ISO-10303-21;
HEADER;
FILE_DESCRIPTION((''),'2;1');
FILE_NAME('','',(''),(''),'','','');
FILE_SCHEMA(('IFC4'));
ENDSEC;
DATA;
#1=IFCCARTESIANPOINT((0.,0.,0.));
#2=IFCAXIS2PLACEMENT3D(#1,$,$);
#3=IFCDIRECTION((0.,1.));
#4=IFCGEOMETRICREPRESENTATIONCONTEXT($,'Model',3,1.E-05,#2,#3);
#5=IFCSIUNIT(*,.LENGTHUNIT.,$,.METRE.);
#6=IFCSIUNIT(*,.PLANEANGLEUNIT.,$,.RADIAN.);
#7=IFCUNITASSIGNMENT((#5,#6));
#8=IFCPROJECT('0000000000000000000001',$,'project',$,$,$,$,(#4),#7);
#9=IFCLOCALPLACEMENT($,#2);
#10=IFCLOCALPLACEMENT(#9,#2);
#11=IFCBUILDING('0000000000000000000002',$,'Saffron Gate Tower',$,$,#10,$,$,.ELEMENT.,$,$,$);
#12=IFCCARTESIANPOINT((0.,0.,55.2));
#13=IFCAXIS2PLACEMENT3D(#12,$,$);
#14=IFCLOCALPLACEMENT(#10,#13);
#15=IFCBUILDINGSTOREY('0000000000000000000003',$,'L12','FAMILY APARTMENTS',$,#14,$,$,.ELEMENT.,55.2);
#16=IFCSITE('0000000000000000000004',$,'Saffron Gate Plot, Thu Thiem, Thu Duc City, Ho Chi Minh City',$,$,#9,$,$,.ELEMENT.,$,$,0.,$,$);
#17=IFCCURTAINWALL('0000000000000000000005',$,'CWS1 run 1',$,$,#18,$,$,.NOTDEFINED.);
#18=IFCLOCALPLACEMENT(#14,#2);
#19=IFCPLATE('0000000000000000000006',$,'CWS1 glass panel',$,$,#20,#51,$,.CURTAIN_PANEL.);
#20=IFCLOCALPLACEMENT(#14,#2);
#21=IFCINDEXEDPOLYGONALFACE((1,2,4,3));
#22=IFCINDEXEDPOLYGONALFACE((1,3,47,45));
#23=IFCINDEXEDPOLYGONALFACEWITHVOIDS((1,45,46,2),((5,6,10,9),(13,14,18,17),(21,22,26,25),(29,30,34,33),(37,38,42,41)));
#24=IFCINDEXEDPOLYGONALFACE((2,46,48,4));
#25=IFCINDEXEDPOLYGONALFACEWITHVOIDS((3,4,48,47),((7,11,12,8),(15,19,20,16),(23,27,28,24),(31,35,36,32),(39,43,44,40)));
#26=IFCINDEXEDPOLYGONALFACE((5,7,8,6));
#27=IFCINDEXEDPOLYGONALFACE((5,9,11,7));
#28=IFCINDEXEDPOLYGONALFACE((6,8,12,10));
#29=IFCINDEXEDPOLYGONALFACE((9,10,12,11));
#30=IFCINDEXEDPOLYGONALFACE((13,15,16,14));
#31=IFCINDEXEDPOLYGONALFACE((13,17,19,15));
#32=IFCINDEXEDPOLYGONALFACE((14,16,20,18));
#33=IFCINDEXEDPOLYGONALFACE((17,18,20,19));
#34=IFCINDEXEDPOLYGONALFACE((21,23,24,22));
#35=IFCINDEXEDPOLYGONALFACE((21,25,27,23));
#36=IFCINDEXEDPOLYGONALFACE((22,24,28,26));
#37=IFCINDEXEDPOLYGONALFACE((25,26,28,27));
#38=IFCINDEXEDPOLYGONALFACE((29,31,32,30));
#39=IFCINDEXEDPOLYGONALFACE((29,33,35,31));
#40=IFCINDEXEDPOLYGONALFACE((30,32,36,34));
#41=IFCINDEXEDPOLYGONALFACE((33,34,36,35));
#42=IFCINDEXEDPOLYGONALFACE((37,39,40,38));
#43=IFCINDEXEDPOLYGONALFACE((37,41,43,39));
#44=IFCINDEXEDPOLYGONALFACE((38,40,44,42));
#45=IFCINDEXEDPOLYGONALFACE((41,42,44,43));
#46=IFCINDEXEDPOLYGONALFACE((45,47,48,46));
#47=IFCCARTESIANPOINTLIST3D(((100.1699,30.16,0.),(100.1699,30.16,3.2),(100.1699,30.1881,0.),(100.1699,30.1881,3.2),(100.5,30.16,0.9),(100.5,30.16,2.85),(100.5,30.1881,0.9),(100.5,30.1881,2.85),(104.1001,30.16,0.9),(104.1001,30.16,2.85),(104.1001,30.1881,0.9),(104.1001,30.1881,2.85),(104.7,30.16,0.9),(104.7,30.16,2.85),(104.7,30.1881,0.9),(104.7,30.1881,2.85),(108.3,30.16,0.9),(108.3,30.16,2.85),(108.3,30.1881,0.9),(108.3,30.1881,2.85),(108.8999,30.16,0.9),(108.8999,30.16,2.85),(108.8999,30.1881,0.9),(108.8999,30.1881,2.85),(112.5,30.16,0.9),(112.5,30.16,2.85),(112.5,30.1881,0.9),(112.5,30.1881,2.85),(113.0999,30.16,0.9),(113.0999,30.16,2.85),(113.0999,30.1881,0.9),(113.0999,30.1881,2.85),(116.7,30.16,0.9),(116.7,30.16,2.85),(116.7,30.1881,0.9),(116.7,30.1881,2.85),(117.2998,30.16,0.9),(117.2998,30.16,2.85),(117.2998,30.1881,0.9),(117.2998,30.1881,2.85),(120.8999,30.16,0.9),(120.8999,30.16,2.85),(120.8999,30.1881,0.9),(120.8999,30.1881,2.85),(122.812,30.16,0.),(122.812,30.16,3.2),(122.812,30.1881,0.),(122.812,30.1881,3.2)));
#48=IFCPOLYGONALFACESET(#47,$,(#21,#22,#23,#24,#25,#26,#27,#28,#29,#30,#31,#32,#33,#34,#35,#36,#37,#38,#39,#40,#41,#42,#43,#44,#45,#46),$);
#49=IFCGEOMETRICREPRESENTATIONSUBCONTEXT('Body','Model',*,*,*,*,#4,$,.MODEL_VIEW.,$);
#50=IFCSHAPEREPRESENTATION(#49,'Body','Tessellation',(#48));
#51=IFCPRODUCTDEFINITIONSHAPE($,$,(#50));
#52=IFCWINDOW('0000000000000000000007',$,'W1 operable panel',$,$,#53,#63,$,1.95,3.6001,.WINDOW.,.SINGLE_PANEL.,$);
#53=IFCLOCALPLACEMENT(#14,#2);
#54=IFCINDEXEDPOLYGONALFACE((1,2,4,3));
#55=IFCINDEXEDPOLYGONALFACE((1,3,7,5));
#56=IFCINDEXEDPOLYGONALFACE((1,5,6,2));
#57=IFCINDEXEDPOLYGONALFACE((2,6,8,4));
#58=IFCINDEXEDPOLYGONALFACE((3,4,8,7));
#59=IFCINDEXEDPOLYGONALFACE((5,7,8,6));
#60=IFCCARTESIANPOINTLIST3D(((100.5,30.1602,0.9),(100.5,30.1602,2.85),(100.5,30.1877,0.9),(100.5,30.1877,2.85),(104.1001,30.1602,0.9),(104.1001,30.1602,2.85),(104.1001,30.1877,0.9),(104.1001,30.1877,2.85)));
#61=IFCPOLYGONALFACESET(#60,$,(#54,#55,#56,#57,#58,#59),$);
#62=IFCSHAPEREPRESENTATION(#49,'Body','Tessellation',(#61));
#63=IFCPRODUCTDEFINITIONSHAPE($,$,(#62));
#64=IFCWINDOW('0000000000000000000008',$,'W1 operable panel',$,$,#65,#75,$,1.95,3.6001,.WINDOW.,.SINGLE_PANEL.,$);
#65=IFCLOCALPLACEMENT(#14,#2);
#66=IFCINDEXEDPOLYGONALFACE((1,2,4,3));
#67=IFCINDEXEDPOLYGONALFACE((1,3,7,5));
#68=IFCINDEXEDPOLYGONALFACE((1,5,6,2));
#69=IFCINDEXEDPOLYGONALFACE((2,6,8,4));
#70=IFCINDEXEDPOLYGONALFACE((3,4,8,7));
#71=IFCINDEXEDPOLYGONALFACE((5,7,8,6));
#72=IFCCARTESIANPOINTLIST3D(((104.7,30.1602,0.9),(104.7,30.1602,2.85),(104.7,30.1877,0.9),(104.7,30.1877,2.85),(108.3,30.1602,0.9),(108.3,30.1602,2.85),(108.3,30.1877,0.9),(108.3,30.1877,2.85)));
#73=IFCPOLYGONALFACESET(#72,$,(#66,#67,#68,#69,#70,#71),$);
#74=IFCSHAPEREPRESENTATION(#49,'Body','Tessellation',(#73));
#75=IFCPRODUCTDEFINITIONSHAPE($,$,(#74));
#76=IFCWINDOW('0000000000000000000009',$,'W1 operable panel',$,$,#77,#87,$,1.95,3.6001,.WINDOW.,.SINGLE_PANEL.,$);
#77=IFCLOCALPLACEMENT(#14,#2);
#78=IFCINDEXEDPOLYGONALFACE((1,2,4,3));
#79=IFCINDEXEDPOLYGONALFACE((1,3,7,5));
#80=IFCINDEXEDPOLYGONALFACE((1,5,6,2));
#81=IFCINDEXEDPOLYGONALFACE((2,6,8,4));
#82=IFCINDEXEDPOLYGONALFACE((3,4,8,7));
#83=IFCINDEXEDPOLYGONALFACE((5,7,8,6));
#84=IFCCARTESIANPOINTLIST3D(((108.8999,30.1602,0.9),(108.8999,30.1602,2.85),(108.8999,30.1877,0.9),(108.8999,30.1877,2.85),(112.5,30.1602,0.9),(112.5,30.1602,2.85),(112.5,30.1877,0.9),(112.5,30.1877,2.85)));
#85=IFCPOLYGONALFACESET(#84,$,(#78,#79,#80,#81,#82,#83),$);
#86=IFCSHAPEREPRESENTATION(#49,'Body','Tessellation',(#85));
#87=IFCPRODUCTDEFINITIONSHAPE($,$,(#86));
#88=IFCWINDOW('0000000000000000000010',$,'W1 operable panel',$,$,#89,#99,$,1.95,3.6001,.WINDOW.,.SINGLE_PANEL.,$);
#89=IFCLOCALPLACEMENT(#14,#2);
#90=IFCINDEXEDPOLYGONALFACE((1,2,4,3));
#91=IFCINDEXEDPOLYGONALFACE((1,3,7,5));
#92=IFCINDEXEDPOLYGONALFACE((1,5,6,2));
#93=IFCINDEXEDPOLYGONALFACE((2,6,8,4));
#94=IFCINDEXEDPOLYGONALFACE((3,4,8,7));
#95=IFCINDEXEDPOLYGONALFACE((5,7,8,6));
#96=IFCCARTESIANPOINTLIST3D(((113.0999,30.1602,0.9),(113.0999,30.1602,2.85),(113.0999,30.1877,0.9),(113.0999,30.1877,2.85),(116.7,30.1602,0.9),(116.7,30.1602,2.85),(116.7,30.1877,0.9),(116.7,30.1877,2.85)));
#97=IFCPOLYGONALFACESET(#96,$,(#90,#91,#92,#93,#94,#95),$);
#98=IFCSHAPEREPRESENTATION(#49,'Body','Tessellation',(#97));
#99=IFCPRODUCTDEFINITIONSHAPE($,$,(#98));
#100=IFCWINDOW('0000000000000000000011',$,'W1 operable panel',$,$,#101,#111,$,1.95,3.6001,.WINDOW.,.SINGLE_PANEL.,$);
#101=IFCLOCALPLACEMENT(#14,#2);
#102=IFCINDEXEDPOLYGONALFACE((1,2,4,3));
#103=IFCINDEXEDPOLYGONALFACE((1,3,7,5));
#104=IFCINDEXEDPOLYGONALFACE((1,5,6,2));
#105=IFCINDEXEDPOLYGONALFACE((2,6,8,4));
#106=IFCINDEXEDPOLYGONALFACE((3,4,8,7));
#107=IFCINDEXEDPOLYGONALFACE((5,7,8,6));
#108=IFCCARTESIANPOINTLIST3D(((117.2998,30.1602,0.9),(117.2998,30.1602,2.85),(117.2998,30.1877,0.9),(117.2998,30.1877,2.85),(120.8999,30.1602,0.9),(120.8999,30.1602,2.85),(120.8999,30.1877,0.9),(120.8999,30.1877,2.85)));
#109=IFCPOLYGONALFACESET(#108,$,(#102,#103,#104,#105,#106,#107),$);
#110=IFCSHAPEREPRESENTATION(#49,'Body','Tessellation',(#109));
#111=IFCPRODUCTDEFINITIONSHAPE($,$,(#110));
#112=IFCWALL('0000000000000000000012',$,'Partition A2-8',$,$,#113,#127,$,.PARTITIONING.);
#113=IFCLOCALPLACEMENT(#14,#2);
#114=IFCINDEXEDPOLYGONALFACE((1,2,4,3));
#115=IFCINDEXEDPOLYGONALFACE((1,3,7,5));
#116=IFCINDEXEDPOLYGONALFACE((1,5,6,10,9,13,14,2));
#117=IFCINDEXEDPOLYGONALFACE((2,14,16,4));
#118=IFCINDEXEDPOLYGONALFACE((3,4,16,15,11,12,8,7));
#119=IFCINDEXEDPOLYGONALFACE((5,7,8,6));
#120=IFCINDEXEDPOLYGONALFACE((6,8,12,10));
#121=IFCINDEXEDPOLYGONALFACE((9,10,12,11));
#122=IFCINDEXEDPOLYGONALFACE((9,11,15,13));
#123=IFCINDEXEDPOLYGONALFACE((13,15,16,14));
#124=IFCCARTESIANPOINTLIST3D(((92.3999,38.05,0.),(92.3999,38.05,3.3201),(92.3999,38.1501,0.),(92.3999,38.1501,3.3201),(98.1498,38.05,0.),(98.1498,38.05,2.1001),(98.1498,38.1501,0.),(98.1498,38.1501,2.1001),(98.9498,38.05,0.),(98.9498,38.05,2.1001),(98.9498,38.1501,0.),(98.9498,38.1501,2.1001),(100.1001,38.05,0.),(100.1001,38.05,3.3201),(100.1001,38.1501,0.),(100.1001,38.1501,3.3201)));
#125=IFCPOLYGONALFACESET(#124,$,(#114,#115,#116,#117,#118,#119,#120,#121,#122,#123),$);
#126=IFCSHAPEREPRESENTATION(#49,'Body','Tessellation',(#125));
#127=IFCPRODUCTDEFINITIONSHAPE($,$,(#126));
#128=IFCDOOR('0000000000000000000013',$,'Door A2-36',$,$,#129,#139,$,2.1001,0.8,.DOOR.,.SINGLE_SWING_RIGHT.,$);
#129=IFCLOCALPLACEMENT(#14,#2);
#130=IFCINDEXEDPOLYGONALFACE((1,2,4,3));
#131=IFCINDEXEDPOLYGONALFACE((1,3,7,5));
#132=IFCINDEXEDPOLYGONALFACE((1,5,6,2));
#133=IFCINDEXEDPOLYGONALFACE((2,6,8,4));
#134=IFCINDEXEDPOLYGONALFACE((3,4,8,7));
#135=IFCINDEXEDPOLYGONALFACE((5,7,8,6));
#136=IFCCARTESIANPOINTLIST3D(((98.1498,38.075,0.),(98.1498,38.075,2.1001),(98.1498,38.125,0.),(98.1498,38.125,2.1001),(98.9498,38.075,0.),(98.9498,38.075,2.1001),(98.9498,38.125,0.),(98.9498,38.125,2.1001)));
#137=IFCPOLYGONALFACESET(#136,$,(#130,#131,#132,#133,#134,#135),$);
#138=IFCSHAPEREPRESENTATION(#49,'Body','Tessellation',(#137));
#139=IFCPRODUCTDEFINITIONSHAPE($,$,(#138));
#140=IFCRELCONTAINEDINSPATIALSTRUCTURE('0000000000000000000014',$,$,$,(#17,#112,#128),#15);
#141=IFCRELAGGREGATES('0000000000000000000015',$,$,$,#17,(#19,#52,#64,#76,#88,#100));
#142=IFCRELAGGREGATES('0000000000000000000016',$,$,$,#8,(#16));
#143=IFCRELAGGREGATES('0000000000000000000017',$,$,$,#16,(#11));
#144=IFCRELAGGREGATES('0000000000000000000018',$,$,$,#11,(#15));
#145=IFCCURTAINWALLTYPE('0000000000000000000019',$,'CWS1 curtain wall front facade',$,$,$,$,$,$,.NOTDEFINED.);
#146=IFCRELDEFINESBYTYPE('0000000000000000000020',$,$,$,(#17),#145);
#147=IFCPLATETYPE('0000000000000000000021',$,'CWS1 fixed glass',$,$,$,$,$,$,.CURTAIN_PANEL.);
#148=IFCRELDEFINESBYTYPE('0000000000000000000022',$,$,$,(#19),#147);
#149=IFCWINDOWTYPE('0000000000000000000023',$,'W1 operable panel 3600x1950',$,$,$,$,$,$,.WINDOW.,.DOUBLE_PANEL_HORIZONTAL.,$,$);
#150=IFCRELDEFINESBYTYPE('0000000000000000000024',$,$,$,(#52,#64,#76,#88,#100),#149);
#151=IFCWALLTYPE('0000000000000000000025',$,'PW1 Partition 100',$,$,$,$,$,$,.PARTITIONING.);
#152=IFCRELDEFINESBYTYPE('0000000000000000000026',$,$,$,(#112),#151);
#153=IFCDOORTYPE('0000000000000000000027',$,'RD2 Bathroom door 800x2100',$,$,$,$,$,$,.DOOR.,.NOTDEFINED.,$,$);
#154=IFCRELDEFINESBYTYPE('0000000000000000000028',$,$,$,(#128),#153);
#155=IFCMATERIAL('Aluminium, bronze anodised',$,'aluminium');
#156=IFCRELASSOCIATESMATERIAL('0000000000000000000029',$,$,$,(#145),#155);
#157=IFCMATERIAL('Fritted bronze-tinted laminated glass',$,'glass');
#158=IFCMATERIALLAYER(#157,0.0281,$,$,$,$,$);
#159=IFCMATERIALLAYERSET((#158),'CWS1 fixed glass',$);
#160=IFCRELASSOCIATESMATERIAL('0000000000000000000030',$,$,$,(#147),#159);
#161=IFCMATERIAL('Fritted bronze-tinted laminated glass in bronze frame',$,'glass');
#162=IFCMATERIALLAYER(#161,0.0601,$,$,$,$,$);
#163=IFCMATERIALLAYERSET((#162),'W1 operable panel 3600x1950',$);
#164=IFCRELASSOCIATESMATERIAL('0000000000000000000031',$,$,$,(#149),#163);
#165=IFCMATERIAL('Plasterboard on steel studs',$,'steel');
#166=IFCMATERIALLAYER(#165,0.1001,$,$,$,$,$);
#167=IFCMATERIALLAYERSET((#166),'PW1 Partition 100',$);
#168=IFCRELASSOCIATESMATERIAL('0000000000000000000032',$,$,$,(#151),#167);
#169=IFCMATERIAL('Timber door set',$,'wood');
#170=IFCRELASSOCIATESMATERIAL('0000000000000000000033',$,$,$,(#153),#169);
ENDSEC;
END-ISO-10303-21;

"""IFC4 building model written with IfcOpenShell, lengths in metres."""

from ifc_helpers import new_model, si_unit, direction, frame, frame_2d, origin, place, context, subcontext, project, spatial, rectangle, extrude, material, layer, layer_set, type_object, element, fill, aggregate, save


model = new_model("IFC4")

# Units and contexts
model_context = context("Model", 3, precision=1e-05, world=origin(), true_north=direction((0.0, 1.0)))
body_context = subcontext(model_context, "Body", "Model", "MODEL_VIEW")
ifc_project = project(units=[si_unit("LENGTHUNIT", "METRE"), si_unit("PLANEANGLEUNIT", "RADIAN")], contexts=[model_context])

# Site, building, storey
site_placement = place(None, origin())
site = spatial("IfcSite", under=ifc_project, at=site_placement, Name="Saffron Gate Plot, Thu Thiem, Thu Duc City, Ho Chi Minh City", CompositionType="ELEMENT", RefElevation=0.0)
building_placement = place(site_placement, origin())
building = spatial("IfcBuilding", under=site, at=building_placement, Name="Saffron Gate Tower", CompositionType="ELEMENT")
storey_placement = place(building_placement, frame((0.0, 0.0, 55.2)))
storey = spatial("IfcBuildingStorey", under=building, at=storey_placement, Name="L12", Description="FAMILY APARTMENTS", CompositionType="ELEMENT", Elevation=55.2)

# Curtain wall, plate, openings, windows
ifc_material_1 = material(Name="Aluminium, bronze anodised", Category="aluminium")
curtain_wall_type = type_object("IfcCurtainWallType", Name="CWS1 curtain wall front facade", PredefinedType="NOTDEFINED", material=ifc_material_1)
curtain_wall_placement = place(storey_placement, origin())
curtain_wall = element("IfcCurtainWall", 1, at=curtain_wall_placement, inside=storey, type_object=curtain_wall_type, Name="CWS1 run 1", PredefinedType="NOTDEFINED")
ifc_material_2 = material(Name="Fritted bronze-tinted laminated glass", Category="glass")
ifc_layer_1 = layer(ifc_material_2, 0.0281)
ifc_layer_set_1 = layer_set([ifc_layer_1], Name="CWS1 fixed glass")
plate_type = type_object("IfcPlateType", Name="CWS1 fixed glass", PredefinedType="CURTAIN_PANEL", material=ifc_layer_set_1)
plate_placement = place(storey_placement, frame((100.1699, 30.1741, 0.0), z_axis=(0.0, 0.0, 1.0), x_axis=(1.0, 0.0, 0.0)))
plate = element("IfcPlate", 2, at=plate_placement, type_object=plate_type, Name="CWS1 glass panel", PredefinedType="CURTAIN_PANEL", context=body_context, shape_type="SweptSolid", body=[
    extrude(rectangle(XDim=22.6421, YDim=0.0281, at=frame_2d((11.321, 0.0))), origin(), (0.0, 0.0, 1.0), 3.2),
])
opening_1_placement = place(plate_placement, frame((0.3301, 0.0, 0.8999)))
opening_1 = element("IfcOpeningElement", 3, at=opening_1_placement, cuts=plate, PredefinedType="OPENING", context=body_context, shape_type="SweptSolid", body=[
    extrude(rectangle(XDim=3.6001, YDim=1.95, at=frame_2d((1.8, 0.9751))), frame((0.0, 0.0239, 0.0), z_axis=(0.0, -1.0, 0.0), x_axis=(1.0, 0.0, 0.0)), (0.0, 0.0, 1.0), 0.0481),
])
opening_2_placement = place(plate_placement, frame((4.53, 0.0, 0.8999)))
opening_2 = element("IfcOpeningElement", 4, at=opening_2_placement, cuts=plate, PredefinedType="OPENING", context=body_context, shape_type="SweptSolid", body=[
    extrude(rectangle(XDim=3.6001, YDim=1.95, at=frame_2d((1.8, 0.9751))), frame((0.0, 0.0239, 0.0), z_axis=(0.0, -1.0, 0.0), x_axis=(1.0, 0.0, 0.0)), (0.0, 0.0, 1.0), 0.0481),
])
opening_3_placement = place(plate_placement, frame((8.73, 0.0, 0.8999)))
opening_3 = element("IfcOpeningElement", 5, at=opening_3_placement, cuts=plate, PredefinedType="OPENING", context=body_context, shape_type="SweptSolid", body=[
    extrude(rectangle(XDim=3.6001, YDim=1.95, at=frame_2d((1.8, 0.9751))), frame((0.0, 0.0239, 0.0), z_axis=(0.0, -1.0, 0.0), x_axis=(1.0, 0.0, 0.0)), (0.0, 0.0, 1.0), 0.0481),
])
opening_4_placement = place(plate_placement, frame((12.9299, 0.0, 0.8999)))
opening_4 = element("IfcOpeningElement", 6, at=opening_4_placement, cuts=plate, PredefinedType="OPENING", context=body_context, shape_type="SweptSolid", body=[
    extrude(rectangle(XDim=3.6001, YDim=1.95, at=frame_2d((1.8, 0.9751))), frame((0.0, 0.0239, 0.0), z_axis=(0.0, -1.0, 0.0), x_axis=(1.0, 0.0, 0.0)), (0.0, 0.0, 1.0), 0.0481),
])
opening_5_placement = place(plate_placement, frame((17.1299, 0.0, 0.8999)))
opening_5 = element("IfcOpeningElement", 7, at=opening_5_placement, cuts=plate, PredefinedType="OPENING", context=body_context, shape_type="SweptSolid", body=[
    extrude(rectangle(XDim=3.6001, YDim=1.95, at=frame_2d((1.8, 0.9751))), frame((0.0, 0.0239, 0.0), z_axis=(0.0, -1.0, 0.0), x_axis=(1.0, 0.0, 0.0)), (0.0, 0.0, 1.0), 0.0481),
])
ifc_material_3 = material(Name="Fritted bronze-tinted laminated glass in bronze frame", Category="glass")
ifc_layer_2 = layer(ifc_material_3, 0.0601)
ifc_layer_set_2 = layer_set([ifc_layer_2], Name="W1 operable panel 3600x1950")
window_type = type_object("IfcWindowType", Name="W1 operable panel 3600x1950", PartitioningType="DOUBLE_PANEL_HORIZONTAL", PredefinedType="WINDOW", material=ifc_layer_set_2)
window_1_placement = place(opening_1_placement, origin())
window_1 = element("IfcWindow", 8, at=window_1_placement, type_object=window_type, Name="W1 operable panel", OverallHeight=1.95, OverallWidth=3.6001, PartitioningType="SINGLE_PANEL", PredefinedType="WINDOW", context=body_context, shape_type="SweptSolid", body=[
    extrude(rectangle(XDim=3.6001, YDim=1.95, at=frame_2d((1.8, 0.9751))), frame((0.0, 0.0137, 0.0), z_axis=(0.0, -1.0, 0.0), x_axis=(1.0, 0.0, 0.0)), (0.0, 0.0, 1.0), 0.0276),
])
fill(opening_1, window_1)
window_2_placement = place(opening_2_placement, origin())
window_2 = element("IfcWindow", 9, at=window_2_placement, type_object=window_type, Name="W1 operable panel", OverallHeight=1.95, OverallWidth=3.6001, PartitioningType="SINGLE_PANEL", PredefinedType="WINDOW", context=body_context, shape_type="SweptSolid", body=[
    extrude(rectangle(XDim=3.6001, YDim=1.95, at=frame_2d((1.8, 0.9751))), frame((0.0, 0.0137, 0.0), z_axis=(0.0, -1.0, 0.0), x_axis=(1.0, 0.0, 0.0)), (0.0, 0.0, 1.0), 0.0276),
])
fill(opening_2, window_2)
window_3_placement = place(opening_3_placement, origin())
window_3 = element("IfcWindow", 10, at=window_3_placement, type_object=window_type, Name="W1 operable panel", OverallHeight=1.95, OverallWidth=3.6001, PartitioningType="SINGLE_PANEL", PredefinedType="WINDOW", context=body_context, shape_type="SweptSolid", body=[
    extrude(rectangle(XDim=3.6001, YDim=1.95, at=frame_2d((1.8, 0.9751))), frame((0.0, 0.0137, 0.0), z_axis=(0.0, -1.0, 0.0), x_axis=(1.0, 0.0, 0.0)), (0.0, 0.0, 1.0), 0.0276),
])
fill(opening_3, window_3)
window_4_placement = place(opening_4_placement, origin())
window_4 = element("IfcWindow", 11, at=window_4_placement, type_object=window_type, Name="W1 operable panel", OverallHeight=1.95, OverallWidth=3.6001, PartitioningType="SINGLE_PANEL", PredefinedType="WINDOW", context=body_context, shape_type="SweptSolid", body=[
    extrude(rectangle(XDim=3.6001, YDim=1.95, at=frame_2d((1.8, 0.9751))), frame((0.0, 0.0137, 0.0), z_axis=(0.0, -1.0, 0.0), x_axis=(1.0, 0.0, 0.0)), (0.0, 0.0, 1.0), 0.0276),
])
fill(opening_4, window_4)
window_5_placement = place(opening_5_placement, origin())
window_5 = element("IfcWindow", 12, at=window_5_placement, type_object=window_type, Name="W1 operable panel", OverallHeight=1.95, OverallWidth=3.6001, PartitioningType="SINGLE_PANEL", PredefinedType="WINDOW", context=body_context, shape_type="SweptSolid", body=[
    extrude(rectangle(XDim=3.6001, YDim=1.95, at=frame_2d((1.8, 0.9751))), frame((0.0, 0.0137, 0.0), z_axis=(0.0, -1.0, 0.0), x_axis=(1.0, 0.0, 0.0)), (0.0, 0.0, 1.0), 0.0276),
])
fill(opening_5, window_5)
aggregate(curtain_wall, [plate, window_1, window_2, window_3, window_4, window_5])

# Wall, opening, door
ifc_material_4 = material(Name="Plasterboard on steel studs", Category="steel")
ifc_layer_3 = layer(ifc_material_4, 0.1001)
ifc_layer_set_3 = layer_set([ifc_layer_3], Name="PW1 Partition 100")
wall_type_1 = type_object("IfcWallType", Name="PW1 Partition 100", PredefinedType="PARTITIONING", material=ifc_layer_set_3)
wall_1_placement = place(storey_placement, frame((92.3999, 38.1001, 0.0), z_axis=(0.0, 0.0, 1.0), x_axis=(1.0, 0.0, 0.0)))
wall_1 = element("IfcWall", 13, at=wall_1_placement, inside=storey, type_object=wall_type_1, Name="Partition A2-8", PredefinedType="PARTITIONING", context=body_context, shape_type="SweptSolid", body=[
    extrude(rectangle(XDim=7.7002, YDim=0.1001, at=frame_2d((3.8501, 0.0))), origin(), (0.0, 0.0, 1.0), 3.3201),
])
opening_6_placement = place(wall_1_placement, frame((5.75, 0.0, 0.0)))
opening_6 = element("IfcOpeningElement", 14, at=opening_6_placement, cuts=wall_1, PredefinedType="OPENING", context=body_context, shape_type="SweptSolid", body=[
    extrude(rectangle(XDim=0.8, YDim=2.1001, at=frame_2d((0.3999, 1.05))), frame((0.0, 0.0601, 0.0), z_axis=(0.0, -1.0, 0.0), x_axis=(1.0, 0.0, 0.0)), (0.0, 0.0, 1.0), 0.1201),
])
ifc_material_5 = material(Name="Timber door set", Category="wood")
door_type_1 = type_object("IfcDoorType", Name="RD2 Bathroom door 800x2100", OperationType="NOTDEFINED", PredefinedType="DOOR", material=ifc_material_5)
door_1_placement = place(opening_6_placement, origin())
door_1 = element("IfcDoor", 15, at=door_1_placement, inside=storey, type_object=door_type_1, Name="Door A2-36", OperationType="SINGLE_SWING_RIGHT", OverallHeight=2.1001, OverallWidth=0.8, PredefinedType="DOOR", context=body_context, shape_type="SweptSolid", body=[
    extrude(rectangle(XDim=0.8, YDim=2.1001, at=frame_2d((0.3999, 1.05))), frame((0.0, 0.0249, 0.0), z_axis=(0.0, -1.0, 0.0), x_axis=(1.0, 0.0, 0.0)), (0.0, 0.0, 1.0), 0.05),
])
fill(opening_6, door_1)

save(model, "model.ifc")
